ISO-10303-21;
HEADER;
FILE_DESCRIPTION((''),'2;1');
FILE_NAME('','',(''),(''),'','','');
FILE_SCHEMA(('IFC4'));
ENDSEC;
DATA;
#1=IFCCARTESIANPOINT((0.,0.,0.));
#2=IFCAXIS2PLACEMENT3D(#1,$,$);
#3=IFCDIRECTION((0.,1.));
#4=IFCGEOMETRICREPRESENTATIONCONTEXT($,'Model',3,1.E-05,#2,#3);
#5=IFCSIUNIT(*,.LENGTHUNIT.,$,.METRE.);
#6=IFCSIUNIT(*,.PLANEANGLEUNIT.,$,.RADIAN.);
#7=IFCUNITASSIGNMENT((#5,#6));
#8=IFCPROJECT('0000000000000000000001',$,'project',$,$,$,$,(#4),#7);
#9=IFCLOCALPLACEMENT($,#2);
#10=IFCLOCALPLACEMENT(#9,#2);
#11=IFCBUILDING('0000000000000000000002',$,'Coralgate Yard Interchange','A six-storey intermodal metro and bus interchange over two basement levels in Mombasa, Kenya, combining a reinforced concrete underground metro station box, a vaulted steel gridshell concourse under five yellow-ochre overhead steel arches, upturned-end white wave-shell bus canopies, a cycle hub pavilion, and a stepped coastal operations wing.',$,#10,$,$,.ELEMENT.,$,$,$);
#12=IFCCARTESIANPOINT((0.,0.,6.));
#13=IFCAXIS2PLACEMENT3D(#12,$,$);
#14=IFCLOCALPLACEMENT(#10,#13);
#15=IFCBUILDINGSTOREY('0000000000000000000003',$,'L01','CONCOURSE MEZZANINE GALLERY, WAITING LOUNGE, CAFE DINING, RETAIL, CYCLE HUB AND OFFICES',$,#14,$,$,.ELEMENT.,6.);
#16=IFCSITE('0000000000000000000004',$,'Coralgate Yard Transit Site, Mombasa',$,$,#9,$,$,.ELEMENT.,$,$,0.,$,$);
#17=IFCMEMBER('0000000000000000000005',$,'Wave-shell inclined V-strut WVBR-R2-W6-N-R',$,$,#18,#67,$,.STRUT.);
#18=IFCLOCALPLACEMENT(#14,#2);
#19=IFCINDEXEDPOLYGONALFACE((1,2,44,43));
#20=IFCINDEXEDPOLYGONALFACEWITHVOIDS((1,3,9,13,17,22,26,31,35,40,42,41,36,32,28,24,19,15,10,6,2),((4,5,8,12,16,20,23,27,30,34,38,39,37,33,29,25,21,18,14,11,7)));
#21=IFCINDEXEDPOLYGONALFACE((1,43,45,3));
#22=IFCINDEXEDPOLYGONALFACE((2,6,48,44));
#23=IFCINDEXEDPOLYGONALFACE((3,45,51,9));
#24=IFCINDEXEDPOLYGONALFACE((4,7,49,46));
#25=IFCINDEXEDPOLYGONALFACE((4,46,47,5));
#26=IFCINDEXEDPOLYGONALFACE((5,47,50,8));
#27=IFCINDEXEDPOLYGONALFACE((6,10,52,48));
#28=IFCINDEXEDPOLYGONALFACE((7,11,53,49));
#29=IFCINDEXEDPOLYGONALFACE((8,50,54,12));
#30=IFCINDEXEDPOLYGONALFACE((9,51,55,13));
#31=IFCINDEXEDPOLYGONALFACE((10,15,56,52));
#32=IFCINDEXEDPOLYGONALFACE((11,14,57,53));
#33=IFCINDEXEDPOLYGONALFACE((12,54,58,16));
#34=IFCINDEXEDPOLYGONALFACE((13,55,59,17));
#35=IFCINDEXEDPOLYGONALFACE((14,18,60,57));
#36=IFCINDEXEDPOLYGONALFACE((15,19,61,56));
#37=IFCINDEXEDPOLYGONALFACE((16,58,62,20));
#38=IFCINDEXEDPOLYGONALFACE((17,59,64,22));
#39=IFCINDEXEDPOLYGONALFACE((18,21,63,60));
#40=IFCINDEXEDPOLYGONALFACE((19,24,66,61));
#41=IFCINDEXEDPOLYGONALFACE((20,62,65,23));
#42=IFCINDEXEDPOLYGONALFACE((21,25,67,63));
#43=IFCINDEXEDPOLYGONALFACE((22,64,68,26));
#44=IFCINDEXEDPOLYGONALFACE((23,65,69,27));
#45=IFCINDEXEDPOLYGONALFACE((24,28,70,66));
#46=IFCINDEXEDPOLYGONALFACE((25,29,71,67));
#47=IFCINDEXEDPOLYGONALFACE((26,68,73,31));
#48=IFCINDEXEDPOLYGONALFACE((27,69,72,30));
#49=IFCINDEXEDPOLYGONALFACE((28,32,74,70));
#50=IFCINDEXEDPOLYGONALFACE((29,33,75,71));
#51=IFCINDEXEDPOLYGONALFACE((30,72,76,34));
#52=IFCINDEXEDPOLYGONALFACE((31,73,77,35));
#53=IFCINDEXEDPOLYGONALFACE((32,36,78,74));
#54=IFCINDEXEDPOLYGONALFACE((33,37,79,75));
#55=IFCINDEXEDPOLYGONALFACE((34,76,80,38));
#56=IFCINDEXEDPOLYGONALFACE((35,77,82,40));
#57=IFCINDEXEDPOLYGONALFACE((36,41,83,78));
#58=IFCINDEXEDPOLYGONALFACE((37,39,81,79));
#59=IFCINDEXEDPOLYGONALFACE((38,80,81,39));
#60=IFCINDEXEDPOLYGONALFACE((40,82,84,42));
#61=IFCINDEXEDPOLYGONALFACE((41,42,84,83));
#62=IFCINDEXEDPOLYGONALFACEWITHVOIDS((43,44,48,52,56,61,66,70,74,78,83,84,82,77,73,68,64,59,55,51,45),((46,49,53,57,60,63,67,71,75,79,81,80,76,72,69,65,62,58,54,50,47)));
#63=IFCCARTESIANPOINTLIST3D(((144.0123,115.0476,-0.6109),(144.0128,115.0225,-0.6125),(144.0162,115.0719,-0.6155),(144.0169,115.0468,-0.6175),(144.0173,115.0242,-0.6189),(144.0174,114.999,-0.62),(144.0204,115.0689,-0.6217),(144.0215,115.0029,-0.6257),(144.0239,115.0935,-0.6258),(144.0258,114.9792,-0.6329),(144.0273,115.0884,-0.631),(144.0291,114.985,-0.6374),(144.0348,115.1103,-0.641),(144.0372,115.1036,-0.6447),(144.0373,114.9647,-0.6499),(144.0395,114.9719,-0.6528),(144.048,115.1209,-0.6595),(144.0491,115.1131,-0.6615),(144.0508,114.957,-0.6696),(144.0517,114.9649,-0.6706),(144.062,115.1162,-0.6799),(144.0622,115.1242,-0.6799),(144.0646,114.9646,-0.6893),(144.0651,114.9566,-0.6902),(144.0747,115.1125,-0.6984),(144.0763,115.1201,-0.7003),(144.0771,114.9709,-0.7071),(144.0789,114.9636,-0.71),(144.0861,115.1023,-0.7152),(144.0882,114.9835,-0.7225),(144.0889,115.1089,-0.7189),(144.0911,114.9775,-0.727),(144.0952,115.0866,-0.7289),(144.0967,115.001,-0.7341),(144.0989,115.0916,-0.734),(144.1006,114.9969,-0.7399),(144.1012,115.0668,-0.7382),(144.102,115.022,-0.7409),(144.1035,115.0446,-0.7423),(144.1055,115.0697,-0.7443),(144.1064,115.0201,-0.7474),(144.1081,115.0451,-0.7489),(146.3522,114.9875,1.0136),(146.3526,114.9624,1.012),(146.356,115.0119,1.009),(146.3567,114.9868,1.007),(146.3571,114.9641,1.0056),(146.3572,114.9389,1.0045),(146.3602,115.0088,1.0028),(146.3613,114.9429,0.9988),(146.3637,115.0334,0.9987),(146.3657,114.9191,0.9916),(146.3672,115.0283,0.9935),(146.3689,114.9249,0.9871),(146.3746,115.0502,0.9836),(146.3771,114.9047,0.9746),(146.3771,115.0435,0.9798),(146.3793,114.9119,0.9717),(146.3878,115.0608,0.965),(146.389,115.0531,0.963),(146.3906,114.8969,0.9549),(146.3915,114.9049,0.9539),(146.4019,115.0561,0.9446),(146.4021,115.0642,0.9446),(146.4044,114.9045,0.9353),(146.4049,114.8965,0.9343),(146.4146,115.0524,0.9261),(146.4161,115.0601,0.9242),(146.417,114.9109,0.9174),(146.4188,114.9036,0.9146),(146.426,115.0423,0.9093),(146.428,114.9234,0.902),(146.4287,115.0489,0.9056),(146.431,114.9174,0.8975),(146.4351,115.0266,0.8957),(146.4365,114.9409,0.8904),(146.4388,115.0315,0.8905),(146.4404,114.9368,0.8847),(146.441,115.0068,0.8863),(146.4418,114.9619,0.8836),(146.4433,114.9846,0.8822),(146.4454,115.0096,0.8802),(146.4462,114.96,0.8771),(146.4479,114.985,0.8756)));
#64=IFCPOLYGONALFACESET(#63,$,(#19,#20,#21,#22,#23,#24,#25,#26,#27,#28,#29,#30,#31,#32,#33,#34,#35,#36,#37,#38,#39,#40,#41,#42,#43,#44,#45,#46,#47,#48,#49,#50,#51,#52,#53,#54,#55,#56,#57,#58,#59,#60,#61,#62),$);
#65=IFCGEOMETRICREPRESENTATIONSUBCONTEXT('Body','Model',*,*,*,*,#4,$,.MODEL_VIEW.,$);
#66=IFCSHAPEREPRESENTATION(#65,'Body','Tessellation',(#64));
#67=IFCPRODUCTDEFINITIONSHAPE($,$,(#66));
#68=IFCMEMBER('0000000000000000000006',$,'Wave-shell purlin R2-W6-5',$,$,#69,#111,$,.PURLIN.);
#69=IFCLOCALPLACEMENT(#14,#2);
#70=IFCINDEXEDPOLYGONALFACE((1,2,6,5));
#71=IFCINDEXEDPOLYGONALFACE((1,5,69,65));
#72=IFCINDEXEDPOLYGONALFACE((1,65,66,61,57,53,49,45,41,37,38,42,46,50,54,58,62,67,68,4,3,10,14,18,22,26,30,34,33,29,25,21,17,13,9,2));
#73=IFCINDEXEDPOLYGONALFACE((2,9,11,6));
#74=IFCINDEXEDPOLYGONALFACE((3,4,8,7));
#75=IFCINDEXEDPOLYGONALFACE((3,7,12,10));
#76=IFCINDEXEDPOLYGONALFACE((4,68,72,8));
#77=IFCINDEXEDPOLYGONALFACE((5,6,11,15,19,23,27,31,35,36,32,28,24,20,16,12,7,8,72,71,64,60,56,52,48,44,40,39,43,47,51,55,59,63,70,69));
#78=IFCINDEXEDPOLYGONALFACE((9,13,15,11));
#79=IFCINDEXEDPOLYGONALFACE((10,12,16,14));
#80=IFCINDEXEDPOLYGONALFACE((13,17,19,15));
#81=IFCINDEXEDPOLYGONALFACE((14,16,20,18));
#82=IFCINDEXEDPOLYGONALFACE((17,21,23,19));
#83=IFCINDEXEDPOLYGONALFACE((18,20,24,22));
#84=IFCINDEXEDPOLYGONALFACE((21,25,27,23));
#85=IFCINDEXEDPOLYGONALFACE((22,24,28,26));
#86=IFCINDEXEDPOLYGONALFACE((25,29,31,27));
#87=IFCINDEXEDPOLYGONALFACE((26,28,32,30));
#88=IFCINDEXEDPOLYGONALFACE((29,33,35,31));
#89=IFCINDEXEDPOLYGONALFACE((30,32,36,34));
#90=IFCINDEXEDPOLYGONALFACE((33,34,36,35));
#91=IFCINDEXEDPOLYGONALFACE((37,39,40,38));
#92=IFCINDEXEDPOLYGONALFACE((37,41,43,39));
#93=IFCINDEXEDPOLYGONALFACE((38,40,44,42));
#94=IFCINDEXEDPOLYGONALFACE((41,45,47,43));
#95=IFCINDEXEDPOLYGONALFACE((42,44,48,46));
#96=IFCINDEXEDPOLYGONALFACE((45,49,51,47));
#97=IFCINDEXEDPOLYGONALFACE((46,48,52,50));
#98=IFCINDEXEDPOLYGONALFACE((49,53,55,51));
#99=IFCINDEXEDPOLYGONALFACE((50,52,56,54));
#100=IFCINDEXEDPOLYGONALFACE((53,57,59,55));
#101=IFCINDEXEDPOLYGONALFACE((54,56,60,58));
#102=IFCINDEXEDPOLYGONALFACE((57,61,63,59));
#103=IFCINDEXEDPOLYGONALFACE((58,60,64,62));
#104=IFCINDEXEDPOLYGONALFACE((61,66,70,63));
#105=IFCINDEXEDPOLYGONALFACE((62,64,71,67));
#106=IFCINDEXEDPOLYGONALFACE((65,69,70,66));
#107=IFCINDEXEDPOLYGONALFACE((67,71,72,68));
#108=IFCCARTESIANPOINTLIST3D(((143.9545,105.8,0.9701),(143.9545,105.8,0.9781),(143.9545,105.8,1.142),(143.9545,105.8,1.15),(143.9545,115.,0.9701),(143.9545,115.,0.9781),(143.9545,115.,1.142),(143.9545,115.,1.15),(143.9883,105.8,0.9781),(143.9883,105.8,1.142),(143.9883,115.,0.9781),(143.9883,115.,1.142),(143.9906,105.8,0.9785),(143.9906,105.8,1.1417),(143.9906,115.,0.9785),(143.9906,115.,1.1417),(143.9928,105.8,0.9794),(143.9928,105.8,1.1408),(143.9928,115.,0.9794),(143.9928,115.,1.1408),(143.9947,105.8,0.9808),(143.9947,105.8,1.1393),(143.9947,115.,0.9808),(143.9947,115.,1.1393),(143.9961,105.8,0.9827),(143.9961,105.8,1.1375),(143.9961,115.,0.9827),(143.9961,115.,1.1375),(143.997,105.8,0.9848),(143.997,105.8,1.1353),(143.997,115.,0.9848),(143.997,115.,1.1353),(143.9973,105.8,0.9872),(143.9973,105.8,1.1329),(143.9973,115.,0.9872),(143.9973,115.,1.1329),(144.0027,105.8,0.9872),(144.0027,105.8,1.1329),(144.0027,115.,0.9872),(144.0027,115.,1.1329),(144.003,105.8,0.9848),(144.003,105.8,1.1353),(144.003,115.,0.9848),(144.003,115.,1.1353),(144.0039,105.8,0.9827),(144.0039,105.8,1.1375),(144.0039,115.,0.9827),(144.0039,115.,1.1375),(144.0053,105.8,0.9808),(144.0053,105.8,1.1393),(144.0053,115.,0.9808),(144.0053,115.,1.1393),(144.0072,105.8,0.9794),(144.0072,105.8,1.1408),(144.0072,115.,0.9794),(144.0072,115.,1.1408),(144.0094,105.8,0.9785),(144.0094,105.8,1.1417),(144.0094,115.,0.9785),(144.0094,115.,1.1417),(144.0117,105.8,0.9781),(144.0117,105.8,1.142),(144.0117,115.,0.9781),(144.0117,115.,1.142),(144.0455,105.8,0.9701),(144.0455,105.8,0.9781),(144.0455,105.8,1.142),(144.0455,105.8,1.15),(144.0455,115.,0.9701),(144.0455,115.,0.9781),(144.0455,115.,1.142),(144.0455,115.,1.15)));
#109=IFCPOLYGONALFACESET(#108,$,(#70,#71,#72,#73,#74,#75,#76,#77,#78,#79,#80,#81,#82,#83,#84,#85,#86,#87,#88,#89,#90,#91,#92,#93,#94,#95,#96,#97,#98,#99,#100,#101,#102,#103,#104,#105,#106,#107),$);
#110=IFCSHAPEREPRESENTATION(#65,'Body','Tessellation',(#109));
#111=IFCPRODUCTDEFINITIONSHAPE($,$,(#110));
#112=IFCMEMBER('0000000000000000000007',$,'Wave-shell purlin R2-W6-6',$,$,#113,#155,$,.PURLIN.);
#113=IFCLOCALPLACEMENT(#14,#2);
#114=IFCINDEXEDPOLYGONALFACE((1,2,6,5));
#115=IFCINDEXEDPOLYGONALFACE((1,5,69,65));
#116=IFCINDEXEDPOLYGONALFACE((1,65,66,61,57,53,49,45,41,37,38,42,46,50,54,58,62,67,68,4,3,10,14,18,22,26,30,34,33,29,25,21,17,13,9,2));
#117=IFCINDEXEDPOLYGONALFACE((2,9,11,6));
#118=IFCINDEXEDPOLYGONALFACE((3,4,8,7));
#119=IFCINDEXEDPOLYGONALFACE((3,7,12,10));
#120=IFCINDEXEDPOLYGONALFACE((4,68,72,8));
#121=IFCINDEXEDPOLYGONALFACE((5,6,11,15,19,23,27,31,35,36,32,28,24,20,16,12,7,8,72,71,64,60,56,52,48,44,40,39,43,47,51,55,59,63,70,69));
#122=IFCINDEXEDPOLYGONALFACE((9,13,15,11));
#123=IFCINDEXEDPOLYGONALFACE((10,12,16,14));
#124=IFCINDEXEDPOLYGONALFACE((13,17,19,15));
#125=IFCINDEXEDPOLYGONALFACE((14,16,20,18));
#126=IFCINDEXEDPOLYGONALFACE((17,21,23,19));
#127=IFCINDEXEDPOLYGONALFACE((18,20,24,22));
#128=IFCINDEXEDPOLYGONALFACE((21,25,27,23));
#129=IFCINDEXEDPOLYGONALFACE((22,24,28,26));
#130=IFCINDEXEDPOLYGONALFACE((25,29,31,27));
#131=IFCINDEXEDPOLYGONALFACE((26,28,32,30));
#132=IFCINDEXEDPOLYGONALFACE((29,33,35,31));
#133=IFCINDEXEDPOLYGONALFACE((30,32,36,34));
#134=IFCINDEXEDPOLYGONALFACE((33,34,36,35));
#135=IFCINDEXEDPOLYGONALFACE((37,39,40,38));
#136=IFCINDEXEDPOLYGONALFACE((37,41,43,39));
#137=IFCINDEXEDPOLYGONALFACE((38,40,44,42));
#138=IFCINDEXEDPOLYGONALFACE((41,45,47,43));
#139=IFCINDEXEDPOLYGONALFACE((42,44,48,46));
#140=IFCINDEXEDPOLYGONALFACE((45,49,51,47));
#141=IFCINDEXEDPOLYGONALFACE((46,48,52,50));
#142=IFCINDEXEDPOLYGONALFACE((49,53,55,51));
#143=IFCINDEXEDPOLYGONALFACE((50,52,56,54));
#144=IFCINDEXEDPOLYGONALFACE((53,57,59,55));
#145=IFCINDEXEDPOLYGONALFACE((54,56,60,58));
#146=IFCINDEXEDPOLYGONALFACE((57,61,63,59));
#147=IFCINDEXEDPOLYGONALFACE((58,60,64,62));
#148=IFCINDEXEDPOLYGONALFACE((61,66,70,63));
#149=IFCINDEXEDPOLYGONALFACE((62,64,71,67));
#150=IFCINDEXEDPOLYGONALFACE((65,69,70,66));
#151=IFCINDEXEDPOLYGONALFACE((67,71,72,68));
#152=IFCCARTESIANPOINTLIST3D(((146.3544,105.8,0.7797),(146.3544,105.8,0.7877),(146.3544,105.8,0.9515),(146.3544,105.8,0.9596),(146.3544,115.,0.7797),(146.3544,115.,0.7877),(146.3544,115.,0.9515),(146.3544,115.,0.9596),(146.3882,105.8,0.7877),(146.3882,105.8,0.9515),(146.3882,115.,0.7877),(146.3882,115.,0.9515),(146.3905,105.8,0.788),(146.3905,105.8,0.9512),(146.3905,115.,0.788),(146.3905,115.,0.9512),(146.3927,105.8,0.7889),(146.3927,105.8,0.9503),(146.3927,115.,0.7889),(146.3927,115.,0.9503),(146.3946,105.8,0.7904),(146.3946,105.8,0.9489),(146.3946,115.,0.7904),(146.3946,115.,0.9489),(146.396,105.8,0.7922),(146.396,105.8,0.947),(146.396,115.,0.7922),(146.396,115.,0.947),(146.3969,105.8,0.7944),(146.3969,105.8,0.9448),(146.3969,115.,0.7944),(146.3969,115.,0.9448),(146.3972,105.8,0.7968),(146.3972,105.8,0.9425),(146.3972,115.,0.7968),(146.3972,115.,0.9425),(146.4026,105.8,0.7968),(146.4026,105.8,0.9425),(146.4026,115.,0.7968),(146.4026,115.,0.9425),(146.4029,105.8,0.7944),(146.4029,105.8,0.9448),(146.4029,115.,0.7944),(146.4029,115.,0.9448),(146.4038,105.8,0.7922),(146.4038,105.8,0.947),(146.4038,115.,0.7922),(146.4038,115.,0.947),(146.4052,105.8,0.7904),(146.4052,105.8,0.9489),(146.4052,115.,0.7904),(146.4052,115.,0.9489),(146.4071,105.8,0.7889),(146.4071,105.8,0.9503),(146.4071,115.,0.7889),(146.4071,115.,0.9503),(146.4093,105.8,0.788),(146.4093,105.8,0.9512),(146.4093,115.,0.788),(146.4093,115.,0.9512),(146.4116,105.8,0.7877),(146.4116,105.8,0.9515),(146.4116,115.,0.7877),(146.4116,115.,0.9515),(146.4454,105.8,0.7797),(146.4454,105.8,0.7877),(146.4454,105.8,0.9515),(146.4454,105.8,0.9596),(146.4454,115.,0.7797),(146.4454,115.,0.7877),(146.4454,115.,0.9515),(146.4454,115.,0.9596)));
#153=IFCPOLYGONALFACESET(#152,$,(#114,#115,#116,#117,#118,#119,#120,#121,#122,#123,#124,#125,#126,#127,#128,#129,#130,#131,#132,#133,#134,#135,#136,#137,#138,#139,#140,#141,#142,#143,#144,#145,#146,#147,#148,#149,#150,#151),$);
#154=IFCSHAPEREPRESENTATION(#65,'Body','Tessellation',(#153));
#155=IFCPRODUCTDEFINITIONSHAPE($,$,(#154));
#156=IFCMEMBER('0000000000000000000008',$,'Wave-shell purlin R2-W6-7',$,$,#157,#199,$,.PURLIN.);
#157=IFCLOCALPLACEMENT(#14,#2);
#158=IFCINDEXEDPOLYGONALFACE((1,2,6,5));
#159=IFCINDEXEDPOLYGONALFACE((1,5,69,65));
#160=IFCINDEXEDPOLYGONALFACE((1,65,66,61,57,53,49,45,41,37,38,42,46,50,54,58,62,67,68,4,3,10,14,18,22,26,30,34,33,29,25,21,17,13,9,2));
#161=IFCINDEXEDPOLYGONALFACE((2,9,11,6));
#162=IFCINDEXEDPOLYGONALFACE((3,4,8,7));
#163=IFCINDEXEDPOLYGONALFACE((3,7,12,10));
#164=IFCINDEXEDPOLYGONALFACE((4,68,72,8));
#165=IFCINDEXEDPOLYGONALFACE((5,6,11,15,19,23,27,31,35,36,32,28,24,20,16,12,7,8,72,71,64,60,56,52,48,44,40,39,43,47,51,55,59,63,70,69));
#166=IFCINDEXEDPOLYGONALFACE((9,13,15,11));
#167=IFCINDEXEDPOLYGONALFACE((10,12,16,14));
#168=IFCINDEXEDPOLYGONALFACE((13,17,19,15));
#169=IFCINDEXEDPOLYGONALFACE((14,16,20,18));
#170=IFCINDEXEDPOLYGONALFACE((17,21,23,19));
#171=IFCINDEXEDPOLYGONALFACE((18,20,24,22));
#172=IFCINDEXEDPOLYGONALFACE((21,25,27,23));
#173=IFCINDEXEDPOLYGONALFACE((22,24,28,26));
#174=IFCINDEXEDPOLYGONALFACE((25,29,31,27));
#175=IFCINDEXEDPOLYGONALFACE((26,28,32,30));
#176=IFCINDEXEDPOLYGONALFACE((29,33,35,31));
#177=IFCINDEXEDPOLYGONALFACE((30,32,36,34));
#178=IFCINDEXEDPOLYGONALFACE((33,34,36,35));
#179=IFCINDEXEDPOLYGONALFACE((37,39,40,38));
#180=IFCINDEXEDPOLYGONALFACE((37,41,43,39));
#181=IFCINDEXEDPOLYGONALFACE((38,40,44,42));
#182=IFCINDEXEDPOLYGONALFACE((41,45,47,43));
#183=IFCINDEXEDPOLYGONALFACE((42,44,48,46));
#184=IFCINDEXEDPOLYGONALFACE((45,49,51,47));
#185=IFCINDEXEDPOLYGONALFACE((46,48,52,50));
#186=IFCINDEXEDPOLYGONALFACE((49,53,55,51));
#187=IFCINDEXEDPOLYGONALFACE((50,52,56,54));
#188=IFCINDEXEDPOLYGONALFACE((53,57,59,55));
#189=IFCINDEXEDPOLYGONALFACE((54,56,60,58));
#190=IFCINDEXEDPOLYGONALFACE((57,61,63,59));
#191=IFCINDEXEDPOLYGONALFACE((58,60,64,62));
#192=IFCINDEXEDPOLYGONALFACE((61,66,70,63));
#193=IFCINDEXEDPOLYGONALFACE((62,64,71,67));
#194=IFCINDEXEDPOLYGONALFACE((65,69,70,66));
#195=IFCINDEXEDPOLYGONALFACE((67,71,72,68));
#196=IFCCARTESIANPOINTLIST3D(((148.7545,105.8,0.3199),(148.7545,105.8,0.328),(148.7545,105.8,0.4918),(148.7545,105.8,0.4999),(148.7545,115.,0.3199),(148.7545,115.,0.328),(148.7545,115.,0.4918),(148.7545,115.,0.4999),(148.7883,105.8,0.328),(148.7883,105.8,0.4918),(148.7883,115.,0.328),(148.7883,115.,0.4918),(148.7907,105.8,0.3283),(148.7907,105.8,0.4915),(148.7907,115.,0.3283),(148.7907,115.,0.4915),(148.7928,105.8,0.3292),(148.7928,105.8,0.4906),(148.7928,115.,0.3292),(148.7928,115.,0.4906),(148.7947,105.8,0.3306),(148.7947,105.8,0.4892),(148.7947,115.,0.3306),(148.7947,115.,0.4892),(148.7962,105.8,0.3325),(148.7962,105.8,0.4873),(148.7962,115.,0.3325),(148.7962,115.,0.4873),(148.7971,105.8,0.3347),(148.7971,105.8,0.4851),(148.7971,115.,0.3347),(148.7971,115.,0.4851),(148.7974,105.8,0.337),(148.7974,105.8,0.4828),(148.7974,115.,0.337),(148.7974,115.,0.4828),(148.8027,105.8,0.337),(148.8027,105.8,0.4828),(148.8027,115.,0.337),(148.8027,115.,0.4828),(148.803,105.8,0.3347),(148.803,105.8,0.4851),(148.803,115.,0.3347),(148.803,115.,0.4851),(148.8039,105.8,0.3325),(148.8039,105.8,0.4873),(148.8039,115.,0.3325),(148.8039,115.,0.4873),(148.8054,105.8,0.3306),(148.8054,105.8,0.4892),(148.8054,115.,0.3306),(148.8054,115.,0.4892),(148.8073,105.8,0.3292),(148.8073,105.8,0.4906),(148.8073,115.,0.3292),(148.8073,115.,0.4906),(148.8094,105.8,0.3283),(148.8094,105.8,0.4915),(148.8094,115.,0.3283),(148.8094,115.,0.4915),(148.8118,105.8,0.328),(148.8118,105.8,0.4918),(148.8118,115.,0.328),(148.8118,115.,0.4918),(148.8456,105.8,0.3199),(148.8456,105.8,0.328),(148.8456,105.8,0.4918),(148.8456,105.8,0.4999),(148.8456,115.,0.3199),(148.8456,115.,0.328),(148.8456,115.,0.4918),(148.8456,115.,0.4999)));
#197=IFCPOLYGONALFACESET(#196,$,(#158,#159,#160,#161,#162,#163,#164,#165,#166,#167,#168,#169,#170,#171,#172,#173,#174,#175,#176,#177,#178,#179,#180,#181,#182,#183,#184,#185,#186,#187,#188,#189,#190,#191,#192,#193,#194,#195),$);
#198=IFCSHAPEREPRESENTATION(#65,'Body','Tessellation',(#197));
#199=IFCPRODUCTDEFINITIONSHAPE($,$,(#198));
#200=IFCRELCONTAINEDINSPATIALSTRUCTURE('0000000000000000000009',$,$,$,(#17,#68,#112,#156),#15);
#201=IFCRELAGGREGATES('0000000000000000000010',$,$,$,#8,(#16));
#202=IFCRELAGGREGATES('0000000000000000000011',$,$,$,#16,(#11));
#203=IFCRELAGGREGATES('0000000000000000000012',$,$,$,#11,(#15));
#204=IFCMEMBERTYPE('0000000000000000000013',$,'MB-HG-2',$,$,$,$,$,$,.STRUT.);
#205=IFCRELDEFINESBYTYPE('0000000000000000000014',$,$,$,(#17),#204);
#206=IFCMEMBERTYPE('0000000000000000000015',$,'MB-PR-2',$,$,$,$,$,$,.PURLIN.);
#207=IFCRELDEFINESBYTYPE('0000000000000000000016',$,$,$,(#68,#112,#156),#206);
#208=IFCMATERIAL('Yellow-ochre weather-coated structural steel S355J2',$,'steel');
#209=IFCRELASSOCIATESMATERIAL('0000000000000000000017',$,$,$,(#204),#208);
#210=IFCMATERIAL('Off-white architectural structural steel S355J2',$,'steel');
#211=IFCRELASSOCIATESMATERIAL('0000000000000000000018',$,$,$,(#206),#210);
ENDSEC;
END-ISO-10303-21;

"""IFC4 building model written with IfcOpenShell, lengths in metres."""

from ifc_helpers import new_model, si_unit, direction, frame, origin, origin_2d, place, context, subcontext, project, spatial, hollow_circle, i_section, extrude, material, material_profile, profile_set, type_object, element, save


model = new_model("IFC4")

# Units and contexts
model_context = context("Model", 3, precision=1e-05, world=origin(), true_north=direction((0.0, 1.0)))
body_context = subcontext(model_context, "Body", "Model", "MODEL_VIEW")
ifc_project = project(units=[si_unit("LENGTHUNIT", "METRE"), si_unit("PLANEANGLEUNIT", "RADIAN")], contexts=[model_context])

# Site, building, storey
site_placement = place(None, origin())
site = spatial("IfcSite", under=ifc_project, at=site_placement, Name="Coralgate Yard Transit Site, Mombasa", CompositionType="ELEMENT", RefElevation=0.0)
building_placement = place(site_placement, origin())
building = spatial("IfcBuilding", under=site, at=building_placement, Name="Coralgate Yard Interchange", Description="A six-storey intermodal metro and bus interchange over two basement levels in Mombasa, Kenya, combining a reinforced concrete underground metro station box, a vaulted steel gridshell concourse under five yellow-ochre overhead steel arches, upturned-end white wave-shell bus canopies, a cycle hub pavilion, and a stepped coastal operations wing.", CompositionType="ELEMENT")
storey_placement = place(building_placement, frame((0.0, 0.0, 6.0)))
storey = spatial("IfcBuildingStorey", under=building, at=storey_placement, Name="L01", Description="CONCOURSE MEZZANINE GALLERY, WAITING LOUNGE, CAFE DINING, RETAIL, CYCLE HUB AND OFFICES", CompositionType="ELEMENT", Elevation=6.0)

# Shared definitions
ifc_material_1 = material(Name="Off-white architectural structural steel S355J2", Category="steel")

# Members
ifc_material_2 = material(Name="Yellow-ochre weather-coated structural steel S355J2", Category="steel")
ifc_material_profile_1 = material_profile(ifc_material_2, hollow_circle(Radius=0.0842, WallThickness=0.0081, at=origin_2d()), Name="CHS 168.3x8")
ifc_profile_set_1 = profile_set([ifc_material_profile_1], Name="Yellow-ochre weather-coated structural steel S355J2")
member_type_1 = type_object("IfcMemberType", Name="MB-HG-2", PredefinedType="STRUT", material=ifc_profile_set_1)
for number, where, z_axis, x_axis, name in (
    (1, (144.0601, 115.04, -0.6799), (0.82125, -0.02108, 0.570179), (0.025659, 0.999671, 0.0), "Wave-shell inclined V-strut WVBR-R2-W6-N-R"),
):
    element("IfcMember", number, at=place(storey_placement, frame(where, z_axis=z_axis, x_axis=x_axis)), inside=storey, type_object=member_type_1, Name=name, PredefinedType="STRUT", context=body_context, shape_type="SweptSolid", body=[
        extrude(hollow_circle(Radius=0.0842, WallThickness=0.0081, at=origin_2d()), origin(), (0.0, 0.0, 1.0), 2.8491),
    ])
ifc_material_profile_2 = material_profile(ifc_material_1, i_section(OverallWidth=0.0911, OverallDepth=0.1799, WebThickness=0.0054, FlangeThickness=0.0081, FilletRadius=0.009, at=origin_2d()), Name="IPE 180")
ifc_profile_set_2 = profile_set([ifc_material_profile_2], Name="Off-white architectural structural steel S355J2")
member_type_2 = type_object("IfcMemberType", Name="MB-PR-2", PredefinedType="PURLIN", material=ifc_profile_set_2)
for number, where, z_axis, x_axis, name in (
    (2, (144.0, 105.8, 1.0601), (0.0, 1.0, 0.0), (-1.0, 0.0, 0.0), "Wave-shell purlin R2-W6-5"),
    (3, (146.3999, 105.8, 0.8696), (0.0, 1.0, 0.0), (-1.0, 0.0, 0.0), "Wave-shell purlin R2-W6-6"),
    (4, (148.8, 105.8, 0.4099), (0.0, 1.0, 0.0), (-1.0, 0.0, 0.0), "Wave-shell purlin R2-W6-7"),
):
    element("IfcMember", number, at=place(storey_placement, frame(where, z_axis=z_axis, x_axis=x_axis)), inside=storey, type_object=member_type_2, Name=name, PredefinedType="PURLIN", context=body_context, shape_type="SweptSolid", body=[
        extrude(i_section(OverallWidth=0.0911, OverallDepth=0.1799, WebThickness=0.0054, FlangeThickness=0.0081, FilletRadius=0.009, at=origin_2d()), origin(), (0.0, 0.0, 1.0), 9.2),
    ])

save(model, "model.ifc")
